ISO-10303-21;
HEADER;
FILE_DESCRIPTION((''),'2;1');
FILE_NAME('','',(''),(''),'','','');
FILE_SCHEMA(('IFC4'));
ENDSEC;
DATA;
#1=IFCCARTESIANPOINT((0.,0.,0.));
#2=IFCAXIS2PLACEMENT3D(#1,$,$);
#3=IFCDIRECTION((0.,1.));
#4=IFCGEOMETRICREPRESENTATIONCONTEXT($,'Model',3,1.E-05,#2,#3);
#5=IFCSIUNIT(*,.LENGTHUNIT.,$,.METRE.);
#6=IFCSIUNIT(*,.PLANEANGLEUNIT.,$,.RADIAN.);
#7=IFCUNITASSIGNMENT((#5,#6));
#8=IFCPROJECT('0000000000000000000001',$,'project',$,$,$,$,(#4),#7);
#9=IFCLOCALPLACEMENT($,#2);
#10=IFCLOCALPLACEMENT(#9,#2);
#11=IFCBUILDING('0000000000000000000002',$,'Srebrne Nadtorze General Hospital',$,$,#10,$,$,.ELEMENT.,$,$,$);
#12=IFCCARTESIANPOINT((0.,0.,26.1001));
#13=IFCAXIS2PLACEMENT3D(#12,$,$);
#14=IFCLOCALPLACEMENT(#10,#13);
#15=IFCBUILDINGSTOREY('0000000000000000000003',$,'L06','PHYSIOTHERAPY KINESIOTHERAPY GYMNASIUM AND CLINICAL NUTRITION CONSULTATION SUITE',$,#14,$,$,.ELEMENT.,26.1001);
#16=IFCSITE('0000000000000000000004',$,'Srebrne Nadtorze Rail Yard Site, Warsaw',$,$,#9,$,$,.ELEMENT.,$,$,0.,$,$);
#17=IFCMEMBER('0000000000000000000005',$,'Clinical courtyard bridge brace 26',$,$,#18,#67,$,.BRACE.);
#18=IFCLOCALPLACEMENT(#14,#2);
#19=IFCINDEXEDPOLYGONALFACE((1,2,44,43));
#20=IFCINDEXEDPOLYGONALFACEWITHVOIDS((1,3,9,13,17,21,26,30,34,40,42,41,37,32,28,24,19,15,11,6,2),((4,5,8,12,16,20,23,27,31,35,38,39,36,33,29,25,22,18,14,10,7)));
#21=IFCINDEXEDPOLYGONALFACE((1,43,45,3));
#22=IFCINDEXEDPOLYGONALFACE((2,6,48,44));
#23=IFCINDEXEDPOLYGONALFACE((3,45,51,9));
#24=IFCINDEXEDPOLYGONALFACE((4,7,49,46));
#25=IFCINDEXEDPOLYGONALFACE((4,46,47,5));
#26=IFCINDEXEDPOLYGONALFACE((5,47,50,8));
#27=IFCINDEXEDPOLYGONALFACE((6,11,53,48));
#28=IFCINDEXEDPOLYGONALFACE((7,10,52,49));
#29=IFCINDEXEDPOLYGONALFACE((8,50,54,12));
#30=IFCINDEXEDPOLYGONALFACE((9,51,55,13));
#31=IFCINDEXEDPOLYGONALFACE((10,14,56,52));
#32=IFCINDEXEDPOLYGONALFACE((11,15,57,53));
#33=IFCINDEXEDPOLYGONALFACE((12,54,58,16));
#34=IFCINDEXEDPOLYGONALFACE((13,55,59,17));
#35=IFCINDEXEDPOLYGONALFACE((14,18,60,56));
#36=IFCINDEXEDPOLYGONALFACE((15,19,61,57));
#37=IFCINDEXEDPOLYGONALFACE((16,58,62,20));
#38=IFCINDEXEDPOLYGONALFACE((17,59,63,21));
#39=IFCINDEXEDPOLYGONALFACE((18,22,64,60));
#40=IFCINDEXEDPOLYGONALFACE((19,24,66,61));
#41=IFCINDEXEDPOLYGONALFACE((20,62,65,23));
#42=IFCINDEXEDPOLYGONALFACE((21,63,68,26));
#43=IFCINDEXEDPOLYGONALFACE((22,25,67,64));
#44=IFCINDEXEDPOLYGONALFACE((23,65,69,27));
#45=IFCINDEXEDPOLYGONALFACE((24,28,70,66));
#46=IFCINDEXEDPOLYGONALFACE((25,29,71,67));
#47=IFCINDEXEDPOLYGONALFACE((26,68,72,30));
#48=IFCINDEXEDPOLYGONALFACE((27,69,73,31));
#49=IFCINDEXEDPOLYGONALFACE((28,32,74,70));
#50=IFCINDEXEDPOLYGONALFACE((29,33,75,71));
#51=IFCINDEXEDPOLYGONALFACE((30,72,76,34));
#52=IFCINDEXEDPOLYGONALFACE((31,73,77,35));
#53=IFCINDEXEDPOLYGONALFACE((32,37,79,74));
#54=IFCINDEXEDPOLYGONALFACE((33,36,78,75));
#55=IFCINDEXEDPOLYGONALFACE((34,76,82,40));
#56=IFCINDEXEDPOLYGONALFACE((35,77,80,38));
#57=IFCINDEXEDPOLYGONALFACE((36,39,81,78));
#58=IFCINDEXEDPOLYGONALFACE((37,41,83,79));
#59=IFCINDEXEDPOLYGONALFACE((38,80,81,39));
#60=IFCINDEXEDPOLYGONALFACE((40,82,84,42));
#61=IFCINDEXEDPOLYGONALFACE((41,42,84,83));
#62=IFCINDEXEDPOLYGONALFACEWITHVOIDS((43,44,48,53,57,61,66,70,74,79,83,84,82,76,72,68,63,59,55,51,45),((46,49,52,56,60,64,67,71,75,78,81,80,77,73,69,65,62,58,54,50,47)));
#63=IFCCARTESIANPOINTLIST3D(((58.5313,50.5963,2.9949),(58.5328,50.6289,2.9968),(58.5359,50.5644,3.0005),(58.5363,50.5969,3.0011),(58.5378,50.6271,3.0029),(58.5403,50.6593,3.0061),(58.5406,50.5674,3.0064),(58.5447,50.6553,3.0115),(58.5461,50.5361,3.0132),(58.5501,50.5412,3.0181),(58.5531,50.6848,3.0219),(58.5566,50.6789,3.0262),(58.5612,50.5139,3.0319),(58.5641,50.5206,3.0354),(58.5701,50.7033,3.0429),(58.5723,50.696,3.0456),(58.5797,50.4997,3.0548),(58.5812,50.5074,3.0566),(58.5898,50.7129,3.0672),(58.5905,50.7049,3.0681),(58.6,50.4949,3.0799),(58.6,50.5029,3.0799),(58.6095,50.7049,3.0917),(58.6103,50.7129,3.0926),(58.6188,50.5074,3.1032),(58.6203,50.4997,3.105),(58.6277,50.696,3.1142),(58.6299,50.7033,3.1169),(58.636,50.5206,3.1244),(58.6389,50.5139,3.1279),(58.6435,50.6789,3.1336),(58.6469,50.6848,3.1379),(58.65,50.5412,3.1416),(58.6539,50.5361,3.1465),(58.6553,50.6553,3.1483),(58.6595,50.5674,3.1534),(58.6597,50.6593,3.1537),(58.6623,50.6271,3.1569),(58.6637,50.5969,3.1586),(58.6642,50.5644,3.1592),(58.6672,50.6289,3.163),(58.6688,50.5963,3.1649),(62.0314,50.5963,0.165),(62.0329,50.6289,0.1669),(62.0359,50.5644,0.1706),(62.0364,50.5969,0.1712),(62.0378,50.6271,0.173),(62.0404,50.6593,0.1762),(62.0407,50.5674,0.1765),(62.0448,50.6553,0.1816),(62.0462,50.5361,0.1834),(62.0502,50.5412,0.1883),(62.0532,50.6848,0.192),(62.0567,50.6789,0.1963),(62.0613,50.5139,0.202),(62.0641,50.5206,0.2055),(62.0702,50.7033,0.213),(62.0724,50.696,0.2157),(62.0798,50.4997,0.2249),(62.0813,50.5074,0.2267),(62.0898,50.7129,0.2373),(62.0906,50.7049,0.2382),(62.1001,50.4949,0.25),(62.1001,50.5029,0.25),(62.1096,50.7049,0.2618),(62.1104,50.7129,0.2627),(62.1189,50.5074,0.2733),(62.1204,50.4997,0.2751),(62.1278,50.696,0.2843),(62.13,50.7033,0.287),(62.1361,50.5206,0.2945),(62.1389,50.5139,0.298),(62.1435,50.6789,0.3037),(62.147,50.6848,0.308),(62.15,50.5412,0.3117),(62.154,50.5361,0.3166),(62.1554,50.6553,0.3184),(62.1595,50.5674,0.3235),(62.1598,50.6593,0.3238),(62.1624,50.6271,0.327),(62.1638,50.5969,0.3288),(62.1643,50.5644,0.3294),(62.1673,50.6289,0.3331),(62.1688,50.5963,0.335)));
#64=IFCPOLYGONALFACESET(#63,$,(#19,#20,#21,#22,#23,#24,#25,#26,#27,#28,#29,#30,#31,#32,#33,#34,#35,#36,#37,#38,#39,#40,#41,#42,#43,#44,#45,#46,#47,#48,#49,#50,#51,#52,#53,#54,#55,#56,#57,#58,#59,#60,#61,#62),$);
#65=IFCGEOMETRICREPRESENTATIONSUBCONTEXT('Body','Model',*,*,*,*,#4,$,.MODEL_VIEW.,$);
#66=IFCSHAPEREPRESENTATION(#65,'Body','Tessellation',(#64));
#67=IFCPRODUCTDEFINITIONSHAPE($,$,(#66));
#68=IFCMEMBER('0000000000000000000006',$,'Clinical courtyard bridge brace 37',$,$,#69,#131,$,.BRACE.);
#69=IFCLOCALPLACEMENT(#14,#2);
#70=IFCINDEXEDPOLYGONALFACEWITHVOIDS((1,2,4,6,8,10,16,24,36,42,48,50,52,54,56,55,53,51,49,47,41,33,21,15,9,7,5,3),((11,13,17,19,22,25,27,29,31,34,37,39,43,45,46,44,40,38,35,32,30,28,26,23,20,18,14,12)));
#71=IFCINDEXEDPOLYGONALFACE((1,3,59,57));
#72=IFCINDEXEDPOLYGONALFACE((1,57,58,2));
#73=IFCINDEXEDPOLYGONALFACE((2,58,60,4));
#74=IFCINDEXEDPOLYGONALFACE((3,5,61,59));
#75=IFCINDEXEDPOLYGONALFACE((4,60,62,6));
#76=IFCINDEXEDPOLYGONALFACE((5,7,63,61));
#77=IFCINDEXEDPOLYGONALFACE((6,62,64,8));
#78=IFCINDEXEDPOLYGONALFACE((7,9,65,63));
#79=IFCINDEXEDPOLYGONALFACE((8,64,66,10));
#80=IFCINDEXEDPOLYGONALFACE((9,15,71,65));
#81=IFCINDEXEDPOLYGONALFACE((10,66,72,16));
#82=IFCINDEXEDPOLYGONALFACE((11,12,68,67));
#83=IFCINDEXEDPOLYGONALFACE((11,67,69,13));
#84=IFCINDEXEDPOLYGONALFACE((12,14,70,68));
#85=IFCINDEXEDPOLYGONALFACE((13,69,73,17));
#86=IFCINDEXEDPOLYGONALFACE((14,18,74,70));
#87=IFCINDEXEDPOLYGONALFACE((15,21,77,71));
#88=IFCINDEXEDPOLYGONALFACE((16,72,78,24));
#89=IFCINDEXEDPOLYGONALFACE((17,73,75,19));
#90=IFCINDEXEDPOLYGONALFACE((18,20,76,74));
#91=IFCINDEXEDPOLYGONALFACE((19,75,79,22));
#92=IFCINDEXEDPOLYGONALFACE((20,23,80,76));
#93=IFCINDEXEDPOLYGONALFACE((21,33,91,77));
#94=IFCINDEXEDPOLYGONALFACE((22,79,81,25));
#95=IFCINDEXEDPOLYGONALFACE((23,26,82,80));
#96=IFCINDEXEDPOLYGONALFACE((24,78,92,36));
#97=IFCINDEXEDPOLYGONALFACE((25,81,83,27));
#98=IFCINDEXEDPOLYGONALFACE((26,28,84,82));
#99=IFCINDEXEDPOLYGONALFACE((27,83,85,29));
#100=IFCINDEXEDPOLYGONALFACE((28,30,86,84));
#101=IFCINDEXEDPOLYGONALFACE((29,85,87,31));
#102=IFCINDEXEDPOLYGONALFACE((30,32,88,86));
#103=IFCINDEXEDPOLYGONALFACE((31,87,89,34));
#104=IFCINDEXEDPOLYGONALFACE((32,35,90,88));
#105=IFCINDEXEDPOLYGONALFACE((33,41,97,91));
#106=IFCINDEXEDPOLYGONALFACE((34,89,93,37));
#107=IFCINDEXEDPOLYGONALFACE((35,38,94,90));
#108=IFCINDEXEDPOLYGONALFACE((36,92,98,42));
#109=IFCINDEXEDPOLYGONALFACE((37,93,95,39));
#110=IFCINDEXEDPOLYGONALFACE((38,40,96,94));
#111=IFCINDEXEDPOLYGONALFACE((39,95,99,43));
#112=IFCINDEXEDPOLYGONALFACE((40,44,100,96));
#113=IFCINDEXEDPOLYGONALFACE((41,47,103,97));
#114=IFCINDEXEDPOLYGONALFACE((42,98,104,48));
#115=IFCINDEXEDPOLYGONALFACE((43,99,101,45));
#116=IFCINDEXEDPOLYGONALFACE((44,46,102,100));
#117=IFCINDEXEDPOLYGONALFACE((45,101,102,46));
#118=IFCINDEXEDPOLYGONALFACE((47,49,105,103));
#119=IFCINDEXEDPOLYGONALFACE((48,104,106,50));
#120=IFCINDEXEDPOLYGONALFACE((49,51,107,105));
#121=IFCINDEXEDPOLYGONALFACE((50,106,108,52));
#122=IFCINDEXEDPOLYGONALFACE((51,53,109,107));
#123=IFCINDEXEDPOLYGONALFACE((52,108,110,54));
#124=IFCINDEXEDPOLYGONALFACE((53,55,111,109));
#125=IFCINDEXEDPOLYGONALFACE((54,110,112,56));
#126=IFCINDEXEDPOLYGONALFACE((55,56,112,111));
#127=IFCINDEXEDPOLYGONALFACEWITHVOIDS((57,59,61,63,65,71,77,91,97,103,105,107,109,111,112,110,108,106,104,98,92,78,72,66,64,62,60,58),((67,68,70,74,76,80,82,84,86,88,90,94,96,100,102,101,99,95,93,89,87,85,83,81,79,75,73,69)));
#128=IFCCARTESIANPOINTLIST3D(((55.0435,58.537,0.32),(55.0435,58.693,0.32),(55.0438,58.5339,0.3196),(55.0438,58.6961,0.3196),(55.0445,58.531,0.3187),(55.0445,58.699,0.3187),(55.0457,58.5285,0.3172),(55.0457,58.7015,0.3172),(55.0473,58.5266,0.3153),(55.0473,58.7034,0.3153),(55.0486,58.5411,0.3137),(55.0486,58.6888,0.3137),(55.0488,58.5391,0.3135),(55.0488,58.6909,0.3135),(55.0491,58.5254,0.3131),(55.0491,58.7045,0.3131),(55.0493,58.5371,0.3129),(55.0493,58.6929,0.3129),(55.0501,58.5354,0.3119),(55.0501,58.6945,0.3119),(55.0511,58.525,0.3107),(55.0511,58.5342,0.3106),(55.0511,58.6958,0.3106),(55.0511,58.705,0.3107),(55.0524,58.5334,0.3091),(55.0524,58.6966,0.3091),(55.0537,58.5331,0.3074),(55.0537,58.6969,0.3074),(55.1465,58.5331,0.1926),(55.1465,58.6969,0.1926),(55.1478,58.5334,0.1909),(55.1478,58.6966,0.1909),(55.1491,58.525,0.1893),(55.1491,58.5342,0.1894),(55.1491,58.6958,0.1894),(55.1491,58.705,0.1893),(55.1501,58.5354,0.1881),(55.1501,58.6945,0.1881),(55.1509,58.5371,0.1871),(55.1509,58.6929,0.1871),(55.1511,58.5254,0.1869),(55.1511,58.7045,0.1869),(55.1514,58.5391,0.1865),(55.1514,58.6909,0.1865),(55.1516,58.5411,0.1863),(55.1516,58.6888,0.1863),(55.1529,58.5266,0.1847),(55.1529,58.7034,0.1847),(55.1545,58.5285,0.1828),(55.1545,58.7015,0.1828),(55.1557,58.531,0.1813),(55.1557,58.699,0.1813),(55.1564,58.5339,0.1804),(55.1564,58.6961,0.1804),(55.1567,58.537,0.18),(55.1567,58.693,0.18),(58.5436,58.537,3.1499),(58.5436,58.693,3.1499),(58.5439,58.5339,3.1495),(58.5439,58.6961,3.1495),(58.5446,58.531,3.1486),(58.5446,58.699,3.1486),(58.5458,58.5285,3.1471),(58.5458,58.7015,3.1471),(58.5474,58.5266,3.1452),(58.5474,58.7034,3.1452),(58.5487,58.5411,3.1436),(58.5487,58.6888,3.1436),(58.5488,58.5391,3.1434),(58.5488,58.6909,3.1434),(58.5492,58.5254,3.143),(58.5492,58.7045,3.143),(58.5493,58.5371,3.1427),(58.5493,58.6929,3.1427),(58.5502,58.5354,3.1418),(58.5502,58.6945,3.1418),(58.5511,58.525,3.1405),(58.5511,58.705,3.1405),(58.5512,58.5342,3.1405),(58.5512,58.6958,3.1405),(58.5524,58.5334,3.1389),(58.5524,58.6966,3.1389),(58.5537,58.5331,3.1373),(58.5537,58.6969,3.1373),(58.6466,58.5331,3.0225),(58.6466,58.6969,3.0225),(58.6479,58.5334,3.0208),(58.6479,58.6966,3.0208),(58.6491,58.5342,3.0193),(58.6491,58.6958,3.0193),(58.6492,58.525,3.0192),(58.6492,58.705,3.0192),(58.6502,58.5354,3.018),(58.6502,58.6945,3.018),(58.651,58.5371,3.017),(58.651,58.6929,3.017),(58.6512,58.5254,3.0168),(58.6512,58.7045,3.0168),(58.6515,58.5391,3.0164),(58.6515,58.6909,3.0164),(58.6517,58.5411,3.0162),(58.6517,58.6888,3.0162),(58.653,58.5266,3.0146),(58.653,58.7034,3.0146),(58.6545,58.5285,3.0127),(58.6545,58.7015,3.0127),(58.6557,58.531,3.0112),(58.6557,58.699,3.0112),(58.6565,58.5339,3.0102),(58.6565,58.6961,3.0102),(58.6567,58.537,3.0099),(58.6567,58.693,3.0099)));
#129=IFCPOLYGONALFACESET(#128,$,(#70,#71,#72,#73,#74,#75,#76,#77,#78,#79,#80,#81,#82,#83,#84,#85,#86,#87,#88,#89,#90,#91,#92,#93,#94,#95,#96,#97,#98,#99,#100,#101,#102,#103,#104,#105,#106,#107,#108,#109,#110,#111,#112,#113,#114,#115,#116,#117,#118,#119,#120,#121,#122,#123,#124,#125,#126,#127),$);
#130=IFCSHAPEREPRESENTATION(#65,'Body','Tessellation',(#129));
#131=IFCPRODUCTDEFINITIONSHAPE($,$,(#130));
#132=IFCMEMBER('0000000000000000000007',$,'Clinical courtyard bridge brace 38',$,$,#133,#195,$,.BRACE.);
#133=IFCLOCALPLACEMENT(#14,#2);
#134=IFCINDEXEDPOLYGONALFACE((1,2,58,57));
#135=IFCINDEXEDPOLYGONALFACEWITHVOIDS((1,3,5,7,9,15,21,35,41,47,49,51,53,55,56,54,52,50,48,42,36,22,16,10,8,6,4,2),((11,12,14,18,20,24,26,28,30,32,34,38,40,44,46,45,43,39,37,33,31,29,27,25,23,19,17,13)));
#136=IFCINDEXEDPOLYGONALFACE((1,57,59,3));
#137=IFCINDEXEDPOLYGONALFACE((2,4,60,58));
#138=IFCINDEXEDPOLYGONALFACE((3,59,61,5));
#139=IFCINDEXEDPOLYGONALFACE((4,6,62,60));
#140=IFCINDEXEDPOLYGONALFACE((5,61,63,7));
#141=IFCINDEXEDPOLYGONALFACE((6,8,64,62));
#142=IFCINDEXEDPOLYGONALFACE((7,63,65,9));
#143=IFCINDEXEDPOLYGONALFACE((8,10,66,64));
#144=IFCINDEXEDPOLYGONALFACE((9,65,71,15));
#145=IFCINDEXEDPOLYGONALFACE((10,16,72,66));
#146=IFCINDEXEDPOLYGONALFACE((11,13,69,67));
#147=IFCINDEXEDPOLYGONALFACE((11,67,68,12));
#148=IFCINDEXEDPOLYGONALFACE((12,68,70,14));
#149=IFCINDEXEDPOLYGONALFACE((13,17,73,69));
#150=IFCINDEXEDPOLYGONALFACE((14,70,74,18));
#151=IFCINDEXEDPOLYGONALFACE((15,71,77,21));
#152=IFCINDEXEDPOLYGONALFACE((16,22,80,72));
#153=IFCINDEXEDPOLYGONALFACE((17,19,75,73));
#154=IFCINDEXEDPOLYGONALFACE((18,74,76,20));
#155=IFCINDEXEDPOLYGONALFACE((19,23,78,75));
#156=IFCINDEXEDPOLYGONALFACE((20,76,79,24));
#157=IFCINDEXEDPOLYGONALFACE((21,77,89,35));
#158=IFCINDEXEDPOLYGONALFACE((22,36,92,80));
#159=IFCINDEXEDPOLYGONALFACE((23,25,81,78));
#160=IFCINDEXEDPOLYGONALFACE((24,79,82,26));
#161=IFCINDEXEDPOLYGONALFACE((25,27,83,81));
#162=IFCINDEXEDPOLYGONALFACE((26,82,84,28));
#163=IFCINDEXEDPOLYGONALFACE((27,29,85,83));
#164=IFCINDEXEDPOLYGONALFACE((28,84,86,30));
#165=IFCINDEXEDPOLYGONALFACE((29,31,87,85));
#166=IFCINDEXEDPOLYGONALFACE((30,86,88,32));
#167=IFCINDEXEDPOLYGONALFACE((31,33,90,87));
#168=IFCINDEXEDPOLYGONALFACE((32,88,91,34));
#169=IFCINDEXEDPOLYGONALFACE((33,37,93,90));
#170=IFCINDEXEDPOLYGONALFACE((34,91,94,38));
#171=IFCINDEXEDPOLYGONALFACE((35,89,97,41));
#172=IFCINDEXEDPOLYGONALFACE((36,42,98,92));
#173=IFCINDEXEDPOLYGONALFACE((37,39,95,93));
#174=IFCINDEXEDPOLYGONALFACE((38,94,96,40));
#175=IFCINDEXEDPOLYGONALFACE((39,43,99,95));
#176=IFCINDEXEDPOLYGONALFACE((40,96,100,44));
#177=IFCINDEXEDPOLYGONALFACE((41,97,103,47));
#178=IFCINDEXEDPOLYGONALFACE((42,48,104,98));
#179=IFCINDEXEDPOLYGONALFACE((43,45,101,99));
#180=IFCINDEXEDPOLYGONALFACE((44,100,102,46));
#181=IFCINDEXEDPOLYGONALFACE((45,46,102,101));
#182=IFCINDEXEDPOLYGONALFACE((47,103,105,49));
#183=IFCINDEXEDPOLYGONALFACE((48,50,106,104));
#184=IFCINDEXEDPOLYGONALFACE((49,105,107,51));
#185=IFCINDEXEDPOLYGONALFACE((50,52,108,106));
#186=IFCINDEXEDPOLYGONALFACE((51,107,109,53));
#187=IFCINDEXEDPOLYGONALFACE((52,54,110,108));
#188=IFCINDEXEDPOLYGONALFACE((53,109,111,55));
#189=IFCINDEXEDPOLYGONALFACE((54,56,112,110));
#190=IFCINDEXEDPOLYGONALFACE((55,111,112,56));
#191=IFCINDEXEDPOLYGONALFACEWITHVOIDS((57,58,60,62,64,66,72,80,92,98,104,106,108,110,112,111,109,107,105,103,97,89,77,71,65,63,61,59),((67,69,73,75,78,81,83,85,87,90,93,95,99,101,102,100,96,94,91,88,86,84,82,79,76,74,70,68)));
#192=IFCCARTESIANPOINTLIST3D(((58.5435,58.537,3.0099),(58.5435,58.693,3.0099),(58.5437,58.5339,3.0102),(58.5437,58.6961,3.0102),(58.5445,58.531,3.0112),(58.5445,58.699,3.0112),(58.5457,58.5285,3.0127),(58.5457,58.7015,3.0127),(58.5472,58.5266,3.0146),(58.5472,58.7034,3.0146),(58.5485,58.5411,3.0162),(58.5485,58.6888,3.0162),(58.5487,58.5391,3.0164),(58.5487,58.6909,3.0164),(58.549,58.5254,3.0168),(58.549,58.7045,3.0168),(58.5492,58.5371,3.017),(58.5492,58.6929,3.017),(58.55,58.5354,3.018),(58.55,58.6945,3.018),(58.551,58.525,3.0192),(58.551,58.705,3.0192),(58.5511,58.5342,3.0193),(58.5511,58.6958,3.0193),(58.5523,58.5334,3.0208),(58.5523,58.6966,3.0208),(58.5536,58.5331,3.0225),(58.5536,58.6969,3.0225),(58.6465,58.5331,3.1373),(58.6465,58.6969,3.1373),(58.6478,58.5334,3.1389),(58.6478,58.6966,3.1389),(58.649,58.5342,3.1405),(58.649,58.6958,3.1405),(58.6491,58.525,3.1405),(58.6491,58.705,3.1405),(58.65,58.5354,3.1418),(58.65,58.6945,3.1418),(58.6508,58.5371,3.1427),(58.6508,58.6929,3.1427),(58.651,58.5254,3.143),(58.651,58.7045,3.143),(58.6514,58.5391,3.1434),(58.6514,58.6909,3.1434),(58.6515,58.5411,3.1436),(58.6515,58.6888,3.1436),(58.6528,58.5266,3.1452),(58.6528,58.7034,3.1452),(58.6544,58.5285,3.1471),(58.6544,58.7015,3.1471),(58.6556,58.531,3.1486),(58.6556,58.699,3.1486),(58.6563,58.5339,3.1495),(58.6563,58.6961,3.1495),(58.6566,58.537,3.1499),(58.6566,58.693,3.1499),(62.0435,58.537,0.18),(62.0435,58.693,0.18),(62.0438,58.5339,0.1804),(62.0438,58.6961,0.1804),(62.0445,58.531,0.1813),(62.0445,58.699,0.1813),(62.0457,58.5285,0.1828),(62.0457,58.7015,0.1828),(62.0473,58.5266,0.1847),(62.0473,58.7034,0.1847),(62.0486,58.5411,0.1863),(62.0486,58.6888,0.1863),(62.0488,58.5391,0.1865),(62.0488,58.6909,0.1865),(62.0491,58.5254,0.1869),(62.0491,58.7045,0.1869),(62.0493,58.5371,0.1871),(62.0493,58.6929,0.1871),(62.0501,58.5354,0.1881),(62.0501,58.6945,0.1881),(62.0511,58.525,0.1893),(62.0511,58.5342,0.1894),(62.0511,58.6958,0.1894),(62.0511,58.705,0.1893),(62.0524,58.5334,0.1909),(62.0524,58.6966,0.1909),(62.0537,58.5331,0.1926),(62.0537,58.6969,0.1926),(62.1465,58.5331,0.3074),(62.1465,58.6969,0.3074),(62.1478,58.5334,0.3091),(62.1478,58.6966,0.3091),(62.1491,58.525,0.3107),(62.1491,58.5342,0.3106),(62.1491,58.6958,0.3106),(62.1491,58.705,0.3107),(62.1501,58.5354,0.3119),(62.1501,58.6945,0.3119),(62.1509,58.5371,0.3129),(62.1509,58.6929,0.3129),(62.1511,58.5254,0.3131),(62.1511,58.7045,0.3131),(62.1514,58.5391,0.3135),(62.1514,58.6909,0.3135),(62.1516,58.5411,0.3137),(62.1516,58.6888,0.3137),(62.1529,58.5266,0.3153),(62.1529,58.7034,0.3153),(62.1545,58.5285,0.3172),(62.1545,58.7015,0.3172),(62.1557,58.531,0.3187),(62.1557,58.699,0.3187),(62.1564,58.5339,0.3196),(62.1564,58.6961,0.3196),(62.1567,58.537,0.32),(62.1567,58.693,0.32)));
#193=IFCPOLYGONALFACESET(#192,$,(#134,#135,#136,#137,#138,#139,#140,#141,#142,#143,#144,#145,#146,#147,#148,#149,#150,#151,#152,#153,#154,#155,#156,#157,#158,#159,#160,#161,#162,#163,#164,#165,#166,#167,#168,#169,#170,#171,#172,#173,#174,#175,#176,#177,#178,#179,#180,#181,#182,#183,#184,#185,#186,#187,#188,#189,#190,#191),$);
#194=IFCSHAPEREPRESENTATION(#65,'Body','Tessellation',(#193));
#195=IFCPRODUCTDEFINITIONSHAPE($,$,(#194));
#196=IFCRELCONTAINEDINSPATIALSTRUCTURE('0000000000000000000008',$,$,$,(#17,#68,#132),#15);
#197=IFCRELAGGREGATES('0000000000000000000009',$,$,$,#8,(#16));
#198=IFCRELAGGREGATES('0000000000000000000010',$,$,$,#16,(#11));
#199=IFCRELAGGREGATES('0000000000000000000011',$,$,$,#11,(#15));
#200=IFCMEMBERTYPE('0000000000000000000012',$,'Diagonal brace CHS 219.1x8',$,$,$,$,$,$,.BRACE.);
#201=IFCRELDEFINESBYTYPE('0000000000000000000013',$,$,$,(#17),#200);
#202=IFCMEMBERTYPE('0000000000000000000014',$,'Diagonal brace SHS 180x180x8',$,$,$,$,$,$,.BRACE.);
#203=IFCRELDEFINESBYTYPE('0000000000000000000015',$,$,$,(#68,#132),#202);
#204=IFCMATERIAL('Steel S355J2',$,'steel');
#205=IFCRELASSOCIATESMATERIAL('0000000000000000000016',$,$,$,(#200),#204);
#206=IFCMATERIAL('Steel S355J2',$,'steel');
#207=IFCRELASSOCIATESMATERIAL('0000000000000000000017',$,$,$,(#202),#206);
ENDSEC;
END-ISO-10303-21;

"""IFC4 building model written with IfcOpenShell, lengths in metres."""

from ifc_helpers import new_model, si_unit, direction, frame, origin, origin_2d, place, context, subcontext, project, spatial, hollow_rectangle, hollow_circle, extrude, material, material_profile, profile_set, type_object, element, save


model = new_model("IFC4")

# Units and contexts
model_context = context("Model", 3, precision=1e-05, world=origin(), true_north=direction((0.0, 1.0)))
body_context = subcontext(model_context, "Body", "Model", "MODEL_VIEW")
ifc_project = project(units=[si_unit("LENGTHUNIT", "METRE"), si_unit("PLANEANGLEUNIT", "RADIAN")], contexts=[model_context])

# Site, building, storey
site_placement = place(None, origin())
site = spatial("IfcSite", under=ifc_project, at=site_placement, Name="Srebrne Nadtorze Rail Yard Site, Warsaw", CompositionType="ELEMENT", RefElevation=0.0)
building_placement = place(site_placement, origin())
building = spatial("IfcBuilding", under=site, at=building_placement, Name="Srebrne Nadtorze General Hospital", CompositionType="ELEMENT")
storey_placement = place(building_placement, frame((0.0, 0.0, 26.1001)))
storey = spatial("IfcBuildingStorey", under=building, at=storey_placement, Name="L06", Description="PHYSIOTHERAPY KINESIOTHERAPY GYMNASIUM AND CLINICAL NUTRITION CONSULTATION SUITE", CompositionType="ELEMENT", Elevation=26.1001)

# Members
ifc_material_1 = material(Name="Steel S355J2", Category="steel")
ifc_material_profile_1 = material_profile(ifc_material_1, hollow_circle(Radius=0.1096, WallThickness=0.0081, at=origin_2d()), Name="CHS-219.1x8")
ifc_profile_set_1 = profile_set([ifc_material_profile_1], Name="Steel S355J2")
member_type_1 = type_object("IfcMemberType", Name="Diagonal brace CHS 219.1x8", PredefinedType="BRACE", material=ifc_profile_set_1)
for number, where, z_axis, x_axis, name in (
    (1, (62.1001, 50.6045, 0.25), (-0.777625, 0.0, 0.628728), (0.0, -1.0, 0.0), "Clinical courtyard bridge brace 26"),
):
    element("IfcMember", number, at=place(storey_placement, frame(where, z_axis=z_axis, x_axis=x_axis)), inside=storey, type_object=member_type_1, Name=name, PredefinedType="BRACE", context=body_context, shape_type="SweptSolid", body=[
        extrude(hollow_circle(Radius=0.1096, WallThickness=0.0081, at=origin_2d()), origin(), (0.0, 0.0, 1.0), 4.501),
    ])
ifc_material_2 = material(Name="Steel S355J2", Category="steel")
ifc_material_profile_2 = material_profile(ifc_material_2, hollow_rectangle(XDim=0.1799, YDim=0.1799, WallThickness=0.0081, InnerFilletRadius=0.0081, OuterFilletRadius=0.012, at=origin_2d()), Name="SHS-180x180x8")
ifc_profile_set_2 = profile_set([ifc_material_profile_2], Name="Steel S355J2")
member_type_2 = type_object("IfcMemberType", Name="Diagonal brace SHS 180x180x8", PredefinedType="BRACE", material=ifc_profile_set_2)
for number, where, z_axis, x_axis, name in (
    (2, (55.1001, 58.615, 0.25), (0.777625, 0.0, 0.628728), (0.0, 1.0, 0.0), "Clinical courtyard bridge brace 37"),
    (3, (62.1001, 58.615, 0.25), (-0.777625, 0.0, 0.628728), (0.0, -1.0, 0.0), "Clinical courtyard bridge brace 38"),
):
    element("IfcMember", number, at=place(storey_placement, frame(where, z_axis=z_axis, x_axis=x_axis)), inside=storey, type_object=member_type_2, Name=name, PredefinedType="BRACE", context=body_context, shape_type="SweptSolid", body=[
        extrude(hollow_rectangle(XDim=0.1799, YDim=0.1799, WallThickness=0.0081, InnerFilletRadius=0.0081, OuterFilletRadius=0.012, at=origin_2d()), origin(), (0.0, 0.0, 1.0), 4.501),
    ])

save(model, "model.ifc")
